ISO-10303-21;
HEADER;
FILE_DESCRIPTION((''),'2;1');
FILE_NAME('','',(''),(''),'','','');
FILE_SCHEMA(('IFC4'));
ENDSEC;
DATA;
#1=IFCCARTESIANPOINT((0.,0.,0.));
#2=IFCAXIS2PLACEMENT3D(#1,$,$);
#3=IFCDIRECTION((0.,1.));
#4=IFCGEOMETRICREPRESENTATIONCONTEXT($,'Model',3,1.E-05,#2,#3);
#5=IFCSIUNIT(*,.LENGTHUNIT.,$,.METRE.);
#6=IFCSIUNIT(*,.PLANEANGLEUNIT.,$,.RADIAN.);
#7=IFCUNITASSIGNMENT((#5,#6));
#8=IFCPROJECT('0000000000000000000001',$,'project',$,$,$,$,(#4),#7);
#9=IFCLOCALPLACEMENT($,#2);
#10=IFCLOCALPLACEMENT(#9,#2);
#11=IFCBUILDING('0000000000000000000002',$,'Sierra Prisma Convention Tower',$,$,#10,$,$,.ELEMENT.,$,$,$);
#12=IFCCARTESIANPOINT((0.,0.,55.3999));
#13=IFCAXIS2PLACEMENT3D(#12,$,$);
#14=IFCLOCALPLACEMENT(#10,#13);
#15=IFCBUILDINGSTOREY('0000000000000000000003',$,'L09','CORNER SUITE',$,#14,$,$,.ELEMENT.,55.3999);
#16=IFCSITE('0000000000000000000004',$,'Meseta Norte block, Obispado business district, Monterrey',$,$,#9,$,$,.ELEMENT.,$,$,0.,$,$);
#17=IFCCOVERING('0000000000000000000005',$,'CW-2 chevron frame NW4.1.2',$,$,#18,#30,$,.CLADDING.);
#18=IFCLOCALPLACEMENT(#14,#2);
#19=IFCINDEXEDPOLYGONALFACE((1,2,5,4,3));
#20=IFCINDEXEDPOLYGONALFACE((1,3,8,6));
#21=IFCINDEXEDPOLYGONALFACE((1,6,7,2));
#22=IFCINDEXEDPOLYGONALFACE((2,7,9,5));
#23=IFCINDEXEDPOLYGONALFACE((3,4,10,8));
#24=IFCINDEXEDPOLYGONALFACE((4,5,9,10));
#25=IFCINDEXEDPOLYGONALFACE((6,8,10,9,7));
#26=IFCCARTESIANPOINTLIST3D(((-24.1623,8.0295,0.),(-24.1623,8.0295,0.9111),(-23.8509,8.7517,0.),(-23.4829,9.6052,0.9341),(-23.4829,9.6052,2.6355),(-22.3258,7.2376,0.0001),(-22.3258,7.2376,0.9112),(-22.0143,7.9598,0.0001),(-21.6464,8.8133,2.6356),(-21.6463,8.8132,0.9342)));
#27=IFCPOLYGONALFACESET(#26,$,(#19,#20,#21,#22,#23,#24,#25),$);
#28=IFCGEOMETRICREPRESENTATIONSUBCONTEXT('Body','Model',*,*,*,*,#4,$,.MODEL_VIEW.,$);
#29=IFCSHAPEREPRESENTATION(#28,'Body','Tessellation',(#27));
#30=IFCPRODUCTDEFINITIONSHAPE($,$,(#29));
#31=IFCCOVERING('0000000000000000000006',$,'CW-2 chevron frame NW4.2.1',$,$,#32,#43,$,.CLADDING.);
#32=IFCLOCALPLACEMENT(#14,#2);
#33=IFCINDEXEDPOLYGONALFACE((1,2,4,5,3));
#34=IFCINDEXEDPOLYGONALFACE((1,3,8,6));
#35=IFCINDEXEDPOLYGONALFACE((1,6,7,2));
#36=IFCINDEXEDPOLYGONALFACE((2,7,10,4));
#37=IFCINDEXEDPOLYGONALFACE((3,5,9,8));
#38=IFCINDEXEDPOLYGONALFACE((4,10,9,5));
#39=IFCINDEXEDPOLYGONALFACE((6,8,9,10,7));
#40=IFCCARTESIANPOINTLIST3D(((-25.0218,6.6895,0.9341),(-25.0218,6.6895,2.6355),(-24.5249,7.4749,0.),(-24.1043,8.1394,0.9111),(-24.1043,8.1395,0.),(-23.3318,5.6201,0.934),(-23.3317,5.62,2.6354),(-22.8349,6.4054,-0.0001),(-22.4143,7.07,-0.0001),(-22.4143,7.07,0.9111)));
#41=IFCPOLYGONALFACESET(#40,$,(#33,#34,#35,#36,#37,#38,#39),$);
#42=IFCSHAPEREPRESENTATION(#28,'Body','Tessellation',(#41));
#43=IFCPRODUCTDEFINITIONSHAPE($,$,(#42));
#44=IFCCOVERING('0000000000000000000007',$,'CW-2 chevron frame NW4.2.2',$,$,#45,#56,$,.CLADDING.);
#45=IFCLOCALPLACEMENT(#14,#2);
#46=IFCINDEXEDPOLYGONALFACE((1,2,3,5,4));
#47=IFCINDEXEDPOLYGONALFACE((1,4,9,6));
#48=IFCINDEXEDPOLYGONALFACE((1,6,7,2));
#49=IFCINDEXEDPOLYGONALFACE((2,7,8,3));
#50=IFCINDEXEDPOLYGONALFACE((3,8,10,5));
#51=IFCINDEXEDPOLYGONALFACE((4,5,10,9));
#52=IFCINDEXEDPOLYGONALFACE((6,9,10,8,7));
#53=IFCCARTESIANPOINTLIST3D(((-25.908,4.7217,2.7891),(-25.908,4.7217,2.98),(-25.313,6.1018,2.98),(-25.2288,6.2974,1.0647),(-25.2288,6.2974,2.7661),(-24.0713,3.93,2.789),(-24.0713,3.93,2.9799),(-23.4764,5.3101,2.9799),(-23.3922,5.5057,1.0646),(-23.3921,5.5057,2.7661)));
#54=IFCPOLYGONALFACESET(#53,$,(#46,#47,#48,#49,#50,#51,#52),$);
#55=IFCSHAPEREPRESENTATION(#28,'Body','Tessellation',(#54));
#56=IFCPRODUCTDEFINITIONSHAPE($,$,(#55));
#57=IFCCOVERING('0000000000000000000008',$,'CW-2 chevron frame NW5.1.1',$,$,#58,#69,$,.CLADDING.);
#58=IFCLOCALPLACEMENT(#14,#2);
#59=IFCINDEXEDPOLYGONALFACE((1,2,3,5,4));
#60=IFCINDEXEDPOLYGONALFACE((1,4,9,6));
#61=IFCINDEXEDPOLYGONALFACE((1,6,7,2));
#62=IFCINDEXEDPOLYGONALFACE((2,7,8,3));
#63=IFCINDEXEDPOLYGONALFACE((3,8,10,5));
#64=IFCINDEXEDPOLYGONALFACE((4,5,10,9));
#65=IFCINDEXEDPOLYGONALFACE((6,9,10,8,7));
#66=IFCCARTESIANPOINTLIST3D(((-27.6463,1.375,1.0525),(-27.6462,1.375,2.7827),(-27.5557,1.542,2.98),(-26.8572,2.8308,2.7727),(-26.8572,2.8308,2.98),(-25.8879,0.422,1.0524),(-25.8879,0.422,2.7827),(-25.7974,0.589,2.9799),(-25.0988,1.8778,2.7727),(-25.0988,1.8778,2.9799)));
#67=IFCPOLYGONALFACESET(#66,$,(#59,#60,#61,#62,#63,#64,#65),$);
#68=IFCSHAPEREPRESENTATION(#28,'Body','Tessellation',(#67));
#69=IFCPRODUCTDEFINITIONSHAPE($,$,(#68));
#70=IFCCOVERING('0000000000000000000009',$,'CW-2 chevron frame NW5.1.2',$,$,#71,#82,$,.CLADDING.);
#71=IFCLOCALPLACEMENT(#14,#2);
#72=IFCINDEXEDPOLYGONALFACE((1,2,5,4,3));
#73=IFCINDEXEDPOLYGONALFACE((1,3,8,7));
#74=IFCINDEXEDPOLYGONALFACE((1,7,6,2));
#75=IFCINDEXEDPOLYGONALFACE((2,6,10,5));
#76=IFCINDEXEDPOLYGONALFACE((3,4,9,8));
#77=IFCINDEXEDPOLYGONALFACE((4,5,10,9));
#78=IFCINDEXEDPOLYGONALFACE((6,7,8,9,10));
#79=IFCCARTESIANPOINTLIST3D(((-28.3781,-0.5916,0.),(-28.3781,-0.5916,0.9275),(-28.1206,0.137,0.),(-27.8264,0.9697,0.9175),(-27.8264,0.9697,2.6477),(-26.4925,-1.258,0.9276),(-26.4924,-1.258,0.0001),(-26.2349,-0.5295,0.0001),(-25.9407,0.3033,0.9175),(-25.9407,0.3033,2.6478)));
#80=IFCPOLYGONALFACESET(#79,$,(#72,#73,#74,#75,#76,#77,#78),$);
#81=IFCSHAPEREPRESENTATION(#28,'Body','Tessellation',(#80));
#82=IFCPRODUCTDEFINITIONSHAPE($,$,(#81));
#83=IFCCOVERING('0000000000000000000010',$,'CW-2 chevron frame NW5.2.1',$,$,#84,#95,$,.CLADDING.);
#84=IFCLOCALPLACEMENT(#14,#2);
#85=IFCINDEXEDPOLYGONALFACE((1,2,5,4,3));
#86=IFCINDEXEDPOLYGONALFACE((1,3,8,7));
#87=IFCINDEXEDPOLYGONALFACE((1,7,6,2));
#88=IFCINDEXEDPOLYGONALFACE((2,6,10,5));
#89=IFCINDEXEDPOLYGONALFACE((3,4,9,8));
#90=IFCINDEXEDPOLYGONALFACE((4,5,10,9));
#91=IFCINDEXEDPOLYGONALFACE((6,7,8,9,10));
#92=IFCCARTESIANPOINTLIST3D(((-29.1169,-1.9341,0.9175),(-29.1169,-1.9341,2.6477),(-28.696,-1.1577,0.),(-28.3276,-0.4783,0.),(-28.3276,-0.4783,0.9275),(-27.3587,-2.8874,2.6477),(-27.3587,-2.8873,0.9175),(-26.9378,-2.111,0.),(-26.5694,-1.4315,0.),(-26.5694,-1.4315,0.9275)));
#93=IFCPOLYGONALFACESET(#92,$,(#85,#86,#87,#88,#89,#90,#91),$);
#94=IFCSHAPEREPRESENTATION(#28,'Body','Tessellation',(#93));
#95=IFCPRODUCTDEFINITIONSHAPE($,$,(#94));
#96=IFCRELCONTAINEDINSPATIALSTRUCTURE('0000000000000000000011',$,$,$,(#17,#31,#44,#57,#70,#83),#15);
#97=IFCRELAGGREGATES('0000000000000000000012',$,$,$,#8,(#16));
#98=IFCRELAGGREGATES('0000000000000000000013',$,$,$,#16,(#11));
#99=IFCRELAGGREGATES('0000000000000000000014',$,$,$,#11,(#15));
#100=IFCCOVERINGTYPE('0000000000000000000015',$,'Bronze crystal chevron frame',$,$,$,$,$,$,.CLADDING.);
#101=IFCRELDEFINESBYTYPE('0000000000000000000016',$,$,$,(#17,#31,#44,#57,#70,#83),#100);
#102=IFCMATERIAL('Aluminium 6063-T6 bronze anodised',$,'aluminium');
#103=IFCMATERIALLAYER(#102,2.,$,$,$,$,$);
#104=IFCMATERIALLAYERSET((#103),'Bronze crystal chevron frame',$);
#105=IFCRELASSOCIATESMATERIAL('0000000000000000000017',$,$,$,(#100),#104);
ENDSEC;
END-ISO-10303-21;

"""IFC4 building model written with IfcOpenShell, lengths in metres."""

from ifc_helpers import new_model, si_unit, direction, frame, origin, place, context, subcontext, project, spatial, polyline, outline, extrude, material, layer, layer_set, type_object, element, save


model = new_model("IFC4")

# Units and contexts
model_context = context("Model", 3, precision=1e-05, world=origin(), true_north=direction((0.0, 1.0)))
body_context = subcontext(model_context, "Body", "Model", "MODEL_VIEW")
ifc_project = project(units=[si_unit("LENGTHUNIT", "METRE"), si_unit("PLANEANGLEUNIT", "RADIAN")], contexts=[model_context])

# Site, building, storey
site_placement = place(None, origin())
site = spatial("IfcSite", under=ifc_project, at=site_placement, Name="Meseta Norte block, Obispado business district, Monterrey", CompositionType="ELEMENT", RefElevation=0.0)
building_placement = place(site_placement, origin())
building = spatial("IfcBuilding", under=site, at=building_placement, Name="Sierra Prisma Convention Tower", CompositionType="ELEMENT")
storey_placement = place(building_placement, frame((0.0, 0.0, 55.3999)))
storey = spatial("IfcBuildingStorey", under=building, at=storey_placement, Name="L09", Description="CORNER SUITE", CompositionType="ELEMENT", Elevation=55.3999)

# Coverings
ifc_material_1 = material(Name="Aluminium 6063-T6 bronze anodised", Category="aluminium")
ifc_layer_1 = layer(ifc_material_1, 2.0)
ifc_layer_set_1 = layer_set([ifc_layer_1], Name="Bronze crystal chevron frame")
covering_type = type_object("IfcCoveringType", Name="Bronze crystal chevron frame", PredefinedType="CLADDING", material=ifc_layer_set_1)
covering_1_placement = place(storey_placement, frame((-23.4829, 9.6052, 2.6355), z_axis=(-0.918259, 0.39598, -0.000036), x_axis=(0.000033, -0.000014, -1.0)))
element("IfcCovering", 1, at=covering_1_placement, inside=storey, type_object=covering_type, Name="CW-2 chevron frame NW4.1.2", PredefinedType="CLADDING", context=body_context, shape_type="SweptSolid", body=[
    extrude(outline(polyline([(0.0, 0.0), (1.7014, 0.0), (2.6355, 0.9294), (2.6355, 1.7159), (1.7244, 1.7159), (0.0, 0.0)])), origin(), (0.0, 0.0, -1.0), 2.0),
])
covering_2_placement = place(storey_placement, frame((-24.5249, 7.4749, 0.0), z_axis=(-0.845023, 0.534729, 0.000041), x_axis=(-0.377124, -0.596018, 0.7089)))
element("IfcCovering", 2, at=covering_2_placement, inside=storey, type_object=covering_type, Name="CW-2 chevron frame NW4.2.1", PredefinedType="CLADDING", context=body_context, shape_type="SweptSolid", body=[
    extrude(outline(polyline([(0.0, 0.0), (1.3176, 0.0), (2.5238, 1.2), (0.0912, 1.2002), (-0.5547, 0.5575), (0.0, 0.0)])), origin(), (0.0, 0.0, -1.0), 2.0),
])
covering_3_placement = place(storey_placement, frame((-25.908, 4.7217, 2.98), z_axis=(-0.918317, 0.395845, 0.000029), x_axis=(0.395845, 0.918317, 0.0)))
element("IfcCovering", 3, at=covering_3_placement, inside=storey, type_object=covering_type, Name="CW-2 chevron frame NW4.2.2", PredefinedType="CLADDING", context=body_context, shape_type="SweptSolid", body=[
    extrude(outline(polyline([(0.0, 0.0), (1.5029, 0.0), (1.7158, 0.2139), (1.7158, 1.9153), (0.0, 0.1909), (0.0, 0.0)])), origin(), (0.0, 0.0, -1.0), 2.0),
])
covering_4_placement = place(storey_placement, frame((-26.8572, 2.8308, 2.98), z_axis=(-0.879167, 0.476513, 0.000027), x_axis=(-0.000024, 0.000013, -1.0)))
element("IfcCovering", 4, at=covering_4_placement, inside=storey, type_object=covering_type, Name="CW-2 chevron frame NW5.1.1", PredefinedType="CLADDING", context=body_context, shape_type="SweptSolid", body=[
    extrude(outline(polyline([(0.0, 0.0), (0.2073, 0.0), (1.9275, 1.6559), (0.1973, 1.6559), (0.0, 1.4659), (0.0, 0.0)])), origin(), (0.0, 0.0, -1.0), 2.0),
])
covering_5_placement = place(storey_placement, frame((-27.8264, 0.9697, 2.6477), z_axis=(-0.942848, 0.333223, -0.000034), x_axis=(0.000032, -0.000011, -1.0)))
element("IfcCovering", 5, at=covering_5_placement, inside=storey, type_object=covering_type, Name="CW-2 chevron frame NW5.1.2", PredefinedType="CLADDING", context=body_context, shape_type="SweptSolid", body=[
    extrude(outline(polyline([(0.0, 0.0), (1.7302, 0.0), (2.6477, 0.8832), (2.6477, 1.6559), (1.7202, 1.6559), (0.0, 0.0)])), origin(), (0.0, 0.0, -1.0), 2.0),
])
covering_6_placement = place(storey_placement, frame((-28.3276, -0.4783, 0.0), z_axis=(-0.879102, 0.476634, 0.000008), x_axis=(-0.476634, -0.879102, 0.0)))
element("IfcCovering", 6, at=covering_6_placement, inside=storey, type_object=covering_type, Name="CW-2 chevron frame NW5.2.1", PredefinedType="CLADDING", context=body_context, shape_type="SweptSolid", body=[
    extrude(outline(polyline([(0.0, 0.0), (0.7729, 0.0), (1.656, 0.9175), (1.656, 2.6477), (0.0, 0.9275), (0.0, 0.0)])), origin(), (0.0, 0.0, -1.0), 2.0),
])

save(model, "model.ifc")
